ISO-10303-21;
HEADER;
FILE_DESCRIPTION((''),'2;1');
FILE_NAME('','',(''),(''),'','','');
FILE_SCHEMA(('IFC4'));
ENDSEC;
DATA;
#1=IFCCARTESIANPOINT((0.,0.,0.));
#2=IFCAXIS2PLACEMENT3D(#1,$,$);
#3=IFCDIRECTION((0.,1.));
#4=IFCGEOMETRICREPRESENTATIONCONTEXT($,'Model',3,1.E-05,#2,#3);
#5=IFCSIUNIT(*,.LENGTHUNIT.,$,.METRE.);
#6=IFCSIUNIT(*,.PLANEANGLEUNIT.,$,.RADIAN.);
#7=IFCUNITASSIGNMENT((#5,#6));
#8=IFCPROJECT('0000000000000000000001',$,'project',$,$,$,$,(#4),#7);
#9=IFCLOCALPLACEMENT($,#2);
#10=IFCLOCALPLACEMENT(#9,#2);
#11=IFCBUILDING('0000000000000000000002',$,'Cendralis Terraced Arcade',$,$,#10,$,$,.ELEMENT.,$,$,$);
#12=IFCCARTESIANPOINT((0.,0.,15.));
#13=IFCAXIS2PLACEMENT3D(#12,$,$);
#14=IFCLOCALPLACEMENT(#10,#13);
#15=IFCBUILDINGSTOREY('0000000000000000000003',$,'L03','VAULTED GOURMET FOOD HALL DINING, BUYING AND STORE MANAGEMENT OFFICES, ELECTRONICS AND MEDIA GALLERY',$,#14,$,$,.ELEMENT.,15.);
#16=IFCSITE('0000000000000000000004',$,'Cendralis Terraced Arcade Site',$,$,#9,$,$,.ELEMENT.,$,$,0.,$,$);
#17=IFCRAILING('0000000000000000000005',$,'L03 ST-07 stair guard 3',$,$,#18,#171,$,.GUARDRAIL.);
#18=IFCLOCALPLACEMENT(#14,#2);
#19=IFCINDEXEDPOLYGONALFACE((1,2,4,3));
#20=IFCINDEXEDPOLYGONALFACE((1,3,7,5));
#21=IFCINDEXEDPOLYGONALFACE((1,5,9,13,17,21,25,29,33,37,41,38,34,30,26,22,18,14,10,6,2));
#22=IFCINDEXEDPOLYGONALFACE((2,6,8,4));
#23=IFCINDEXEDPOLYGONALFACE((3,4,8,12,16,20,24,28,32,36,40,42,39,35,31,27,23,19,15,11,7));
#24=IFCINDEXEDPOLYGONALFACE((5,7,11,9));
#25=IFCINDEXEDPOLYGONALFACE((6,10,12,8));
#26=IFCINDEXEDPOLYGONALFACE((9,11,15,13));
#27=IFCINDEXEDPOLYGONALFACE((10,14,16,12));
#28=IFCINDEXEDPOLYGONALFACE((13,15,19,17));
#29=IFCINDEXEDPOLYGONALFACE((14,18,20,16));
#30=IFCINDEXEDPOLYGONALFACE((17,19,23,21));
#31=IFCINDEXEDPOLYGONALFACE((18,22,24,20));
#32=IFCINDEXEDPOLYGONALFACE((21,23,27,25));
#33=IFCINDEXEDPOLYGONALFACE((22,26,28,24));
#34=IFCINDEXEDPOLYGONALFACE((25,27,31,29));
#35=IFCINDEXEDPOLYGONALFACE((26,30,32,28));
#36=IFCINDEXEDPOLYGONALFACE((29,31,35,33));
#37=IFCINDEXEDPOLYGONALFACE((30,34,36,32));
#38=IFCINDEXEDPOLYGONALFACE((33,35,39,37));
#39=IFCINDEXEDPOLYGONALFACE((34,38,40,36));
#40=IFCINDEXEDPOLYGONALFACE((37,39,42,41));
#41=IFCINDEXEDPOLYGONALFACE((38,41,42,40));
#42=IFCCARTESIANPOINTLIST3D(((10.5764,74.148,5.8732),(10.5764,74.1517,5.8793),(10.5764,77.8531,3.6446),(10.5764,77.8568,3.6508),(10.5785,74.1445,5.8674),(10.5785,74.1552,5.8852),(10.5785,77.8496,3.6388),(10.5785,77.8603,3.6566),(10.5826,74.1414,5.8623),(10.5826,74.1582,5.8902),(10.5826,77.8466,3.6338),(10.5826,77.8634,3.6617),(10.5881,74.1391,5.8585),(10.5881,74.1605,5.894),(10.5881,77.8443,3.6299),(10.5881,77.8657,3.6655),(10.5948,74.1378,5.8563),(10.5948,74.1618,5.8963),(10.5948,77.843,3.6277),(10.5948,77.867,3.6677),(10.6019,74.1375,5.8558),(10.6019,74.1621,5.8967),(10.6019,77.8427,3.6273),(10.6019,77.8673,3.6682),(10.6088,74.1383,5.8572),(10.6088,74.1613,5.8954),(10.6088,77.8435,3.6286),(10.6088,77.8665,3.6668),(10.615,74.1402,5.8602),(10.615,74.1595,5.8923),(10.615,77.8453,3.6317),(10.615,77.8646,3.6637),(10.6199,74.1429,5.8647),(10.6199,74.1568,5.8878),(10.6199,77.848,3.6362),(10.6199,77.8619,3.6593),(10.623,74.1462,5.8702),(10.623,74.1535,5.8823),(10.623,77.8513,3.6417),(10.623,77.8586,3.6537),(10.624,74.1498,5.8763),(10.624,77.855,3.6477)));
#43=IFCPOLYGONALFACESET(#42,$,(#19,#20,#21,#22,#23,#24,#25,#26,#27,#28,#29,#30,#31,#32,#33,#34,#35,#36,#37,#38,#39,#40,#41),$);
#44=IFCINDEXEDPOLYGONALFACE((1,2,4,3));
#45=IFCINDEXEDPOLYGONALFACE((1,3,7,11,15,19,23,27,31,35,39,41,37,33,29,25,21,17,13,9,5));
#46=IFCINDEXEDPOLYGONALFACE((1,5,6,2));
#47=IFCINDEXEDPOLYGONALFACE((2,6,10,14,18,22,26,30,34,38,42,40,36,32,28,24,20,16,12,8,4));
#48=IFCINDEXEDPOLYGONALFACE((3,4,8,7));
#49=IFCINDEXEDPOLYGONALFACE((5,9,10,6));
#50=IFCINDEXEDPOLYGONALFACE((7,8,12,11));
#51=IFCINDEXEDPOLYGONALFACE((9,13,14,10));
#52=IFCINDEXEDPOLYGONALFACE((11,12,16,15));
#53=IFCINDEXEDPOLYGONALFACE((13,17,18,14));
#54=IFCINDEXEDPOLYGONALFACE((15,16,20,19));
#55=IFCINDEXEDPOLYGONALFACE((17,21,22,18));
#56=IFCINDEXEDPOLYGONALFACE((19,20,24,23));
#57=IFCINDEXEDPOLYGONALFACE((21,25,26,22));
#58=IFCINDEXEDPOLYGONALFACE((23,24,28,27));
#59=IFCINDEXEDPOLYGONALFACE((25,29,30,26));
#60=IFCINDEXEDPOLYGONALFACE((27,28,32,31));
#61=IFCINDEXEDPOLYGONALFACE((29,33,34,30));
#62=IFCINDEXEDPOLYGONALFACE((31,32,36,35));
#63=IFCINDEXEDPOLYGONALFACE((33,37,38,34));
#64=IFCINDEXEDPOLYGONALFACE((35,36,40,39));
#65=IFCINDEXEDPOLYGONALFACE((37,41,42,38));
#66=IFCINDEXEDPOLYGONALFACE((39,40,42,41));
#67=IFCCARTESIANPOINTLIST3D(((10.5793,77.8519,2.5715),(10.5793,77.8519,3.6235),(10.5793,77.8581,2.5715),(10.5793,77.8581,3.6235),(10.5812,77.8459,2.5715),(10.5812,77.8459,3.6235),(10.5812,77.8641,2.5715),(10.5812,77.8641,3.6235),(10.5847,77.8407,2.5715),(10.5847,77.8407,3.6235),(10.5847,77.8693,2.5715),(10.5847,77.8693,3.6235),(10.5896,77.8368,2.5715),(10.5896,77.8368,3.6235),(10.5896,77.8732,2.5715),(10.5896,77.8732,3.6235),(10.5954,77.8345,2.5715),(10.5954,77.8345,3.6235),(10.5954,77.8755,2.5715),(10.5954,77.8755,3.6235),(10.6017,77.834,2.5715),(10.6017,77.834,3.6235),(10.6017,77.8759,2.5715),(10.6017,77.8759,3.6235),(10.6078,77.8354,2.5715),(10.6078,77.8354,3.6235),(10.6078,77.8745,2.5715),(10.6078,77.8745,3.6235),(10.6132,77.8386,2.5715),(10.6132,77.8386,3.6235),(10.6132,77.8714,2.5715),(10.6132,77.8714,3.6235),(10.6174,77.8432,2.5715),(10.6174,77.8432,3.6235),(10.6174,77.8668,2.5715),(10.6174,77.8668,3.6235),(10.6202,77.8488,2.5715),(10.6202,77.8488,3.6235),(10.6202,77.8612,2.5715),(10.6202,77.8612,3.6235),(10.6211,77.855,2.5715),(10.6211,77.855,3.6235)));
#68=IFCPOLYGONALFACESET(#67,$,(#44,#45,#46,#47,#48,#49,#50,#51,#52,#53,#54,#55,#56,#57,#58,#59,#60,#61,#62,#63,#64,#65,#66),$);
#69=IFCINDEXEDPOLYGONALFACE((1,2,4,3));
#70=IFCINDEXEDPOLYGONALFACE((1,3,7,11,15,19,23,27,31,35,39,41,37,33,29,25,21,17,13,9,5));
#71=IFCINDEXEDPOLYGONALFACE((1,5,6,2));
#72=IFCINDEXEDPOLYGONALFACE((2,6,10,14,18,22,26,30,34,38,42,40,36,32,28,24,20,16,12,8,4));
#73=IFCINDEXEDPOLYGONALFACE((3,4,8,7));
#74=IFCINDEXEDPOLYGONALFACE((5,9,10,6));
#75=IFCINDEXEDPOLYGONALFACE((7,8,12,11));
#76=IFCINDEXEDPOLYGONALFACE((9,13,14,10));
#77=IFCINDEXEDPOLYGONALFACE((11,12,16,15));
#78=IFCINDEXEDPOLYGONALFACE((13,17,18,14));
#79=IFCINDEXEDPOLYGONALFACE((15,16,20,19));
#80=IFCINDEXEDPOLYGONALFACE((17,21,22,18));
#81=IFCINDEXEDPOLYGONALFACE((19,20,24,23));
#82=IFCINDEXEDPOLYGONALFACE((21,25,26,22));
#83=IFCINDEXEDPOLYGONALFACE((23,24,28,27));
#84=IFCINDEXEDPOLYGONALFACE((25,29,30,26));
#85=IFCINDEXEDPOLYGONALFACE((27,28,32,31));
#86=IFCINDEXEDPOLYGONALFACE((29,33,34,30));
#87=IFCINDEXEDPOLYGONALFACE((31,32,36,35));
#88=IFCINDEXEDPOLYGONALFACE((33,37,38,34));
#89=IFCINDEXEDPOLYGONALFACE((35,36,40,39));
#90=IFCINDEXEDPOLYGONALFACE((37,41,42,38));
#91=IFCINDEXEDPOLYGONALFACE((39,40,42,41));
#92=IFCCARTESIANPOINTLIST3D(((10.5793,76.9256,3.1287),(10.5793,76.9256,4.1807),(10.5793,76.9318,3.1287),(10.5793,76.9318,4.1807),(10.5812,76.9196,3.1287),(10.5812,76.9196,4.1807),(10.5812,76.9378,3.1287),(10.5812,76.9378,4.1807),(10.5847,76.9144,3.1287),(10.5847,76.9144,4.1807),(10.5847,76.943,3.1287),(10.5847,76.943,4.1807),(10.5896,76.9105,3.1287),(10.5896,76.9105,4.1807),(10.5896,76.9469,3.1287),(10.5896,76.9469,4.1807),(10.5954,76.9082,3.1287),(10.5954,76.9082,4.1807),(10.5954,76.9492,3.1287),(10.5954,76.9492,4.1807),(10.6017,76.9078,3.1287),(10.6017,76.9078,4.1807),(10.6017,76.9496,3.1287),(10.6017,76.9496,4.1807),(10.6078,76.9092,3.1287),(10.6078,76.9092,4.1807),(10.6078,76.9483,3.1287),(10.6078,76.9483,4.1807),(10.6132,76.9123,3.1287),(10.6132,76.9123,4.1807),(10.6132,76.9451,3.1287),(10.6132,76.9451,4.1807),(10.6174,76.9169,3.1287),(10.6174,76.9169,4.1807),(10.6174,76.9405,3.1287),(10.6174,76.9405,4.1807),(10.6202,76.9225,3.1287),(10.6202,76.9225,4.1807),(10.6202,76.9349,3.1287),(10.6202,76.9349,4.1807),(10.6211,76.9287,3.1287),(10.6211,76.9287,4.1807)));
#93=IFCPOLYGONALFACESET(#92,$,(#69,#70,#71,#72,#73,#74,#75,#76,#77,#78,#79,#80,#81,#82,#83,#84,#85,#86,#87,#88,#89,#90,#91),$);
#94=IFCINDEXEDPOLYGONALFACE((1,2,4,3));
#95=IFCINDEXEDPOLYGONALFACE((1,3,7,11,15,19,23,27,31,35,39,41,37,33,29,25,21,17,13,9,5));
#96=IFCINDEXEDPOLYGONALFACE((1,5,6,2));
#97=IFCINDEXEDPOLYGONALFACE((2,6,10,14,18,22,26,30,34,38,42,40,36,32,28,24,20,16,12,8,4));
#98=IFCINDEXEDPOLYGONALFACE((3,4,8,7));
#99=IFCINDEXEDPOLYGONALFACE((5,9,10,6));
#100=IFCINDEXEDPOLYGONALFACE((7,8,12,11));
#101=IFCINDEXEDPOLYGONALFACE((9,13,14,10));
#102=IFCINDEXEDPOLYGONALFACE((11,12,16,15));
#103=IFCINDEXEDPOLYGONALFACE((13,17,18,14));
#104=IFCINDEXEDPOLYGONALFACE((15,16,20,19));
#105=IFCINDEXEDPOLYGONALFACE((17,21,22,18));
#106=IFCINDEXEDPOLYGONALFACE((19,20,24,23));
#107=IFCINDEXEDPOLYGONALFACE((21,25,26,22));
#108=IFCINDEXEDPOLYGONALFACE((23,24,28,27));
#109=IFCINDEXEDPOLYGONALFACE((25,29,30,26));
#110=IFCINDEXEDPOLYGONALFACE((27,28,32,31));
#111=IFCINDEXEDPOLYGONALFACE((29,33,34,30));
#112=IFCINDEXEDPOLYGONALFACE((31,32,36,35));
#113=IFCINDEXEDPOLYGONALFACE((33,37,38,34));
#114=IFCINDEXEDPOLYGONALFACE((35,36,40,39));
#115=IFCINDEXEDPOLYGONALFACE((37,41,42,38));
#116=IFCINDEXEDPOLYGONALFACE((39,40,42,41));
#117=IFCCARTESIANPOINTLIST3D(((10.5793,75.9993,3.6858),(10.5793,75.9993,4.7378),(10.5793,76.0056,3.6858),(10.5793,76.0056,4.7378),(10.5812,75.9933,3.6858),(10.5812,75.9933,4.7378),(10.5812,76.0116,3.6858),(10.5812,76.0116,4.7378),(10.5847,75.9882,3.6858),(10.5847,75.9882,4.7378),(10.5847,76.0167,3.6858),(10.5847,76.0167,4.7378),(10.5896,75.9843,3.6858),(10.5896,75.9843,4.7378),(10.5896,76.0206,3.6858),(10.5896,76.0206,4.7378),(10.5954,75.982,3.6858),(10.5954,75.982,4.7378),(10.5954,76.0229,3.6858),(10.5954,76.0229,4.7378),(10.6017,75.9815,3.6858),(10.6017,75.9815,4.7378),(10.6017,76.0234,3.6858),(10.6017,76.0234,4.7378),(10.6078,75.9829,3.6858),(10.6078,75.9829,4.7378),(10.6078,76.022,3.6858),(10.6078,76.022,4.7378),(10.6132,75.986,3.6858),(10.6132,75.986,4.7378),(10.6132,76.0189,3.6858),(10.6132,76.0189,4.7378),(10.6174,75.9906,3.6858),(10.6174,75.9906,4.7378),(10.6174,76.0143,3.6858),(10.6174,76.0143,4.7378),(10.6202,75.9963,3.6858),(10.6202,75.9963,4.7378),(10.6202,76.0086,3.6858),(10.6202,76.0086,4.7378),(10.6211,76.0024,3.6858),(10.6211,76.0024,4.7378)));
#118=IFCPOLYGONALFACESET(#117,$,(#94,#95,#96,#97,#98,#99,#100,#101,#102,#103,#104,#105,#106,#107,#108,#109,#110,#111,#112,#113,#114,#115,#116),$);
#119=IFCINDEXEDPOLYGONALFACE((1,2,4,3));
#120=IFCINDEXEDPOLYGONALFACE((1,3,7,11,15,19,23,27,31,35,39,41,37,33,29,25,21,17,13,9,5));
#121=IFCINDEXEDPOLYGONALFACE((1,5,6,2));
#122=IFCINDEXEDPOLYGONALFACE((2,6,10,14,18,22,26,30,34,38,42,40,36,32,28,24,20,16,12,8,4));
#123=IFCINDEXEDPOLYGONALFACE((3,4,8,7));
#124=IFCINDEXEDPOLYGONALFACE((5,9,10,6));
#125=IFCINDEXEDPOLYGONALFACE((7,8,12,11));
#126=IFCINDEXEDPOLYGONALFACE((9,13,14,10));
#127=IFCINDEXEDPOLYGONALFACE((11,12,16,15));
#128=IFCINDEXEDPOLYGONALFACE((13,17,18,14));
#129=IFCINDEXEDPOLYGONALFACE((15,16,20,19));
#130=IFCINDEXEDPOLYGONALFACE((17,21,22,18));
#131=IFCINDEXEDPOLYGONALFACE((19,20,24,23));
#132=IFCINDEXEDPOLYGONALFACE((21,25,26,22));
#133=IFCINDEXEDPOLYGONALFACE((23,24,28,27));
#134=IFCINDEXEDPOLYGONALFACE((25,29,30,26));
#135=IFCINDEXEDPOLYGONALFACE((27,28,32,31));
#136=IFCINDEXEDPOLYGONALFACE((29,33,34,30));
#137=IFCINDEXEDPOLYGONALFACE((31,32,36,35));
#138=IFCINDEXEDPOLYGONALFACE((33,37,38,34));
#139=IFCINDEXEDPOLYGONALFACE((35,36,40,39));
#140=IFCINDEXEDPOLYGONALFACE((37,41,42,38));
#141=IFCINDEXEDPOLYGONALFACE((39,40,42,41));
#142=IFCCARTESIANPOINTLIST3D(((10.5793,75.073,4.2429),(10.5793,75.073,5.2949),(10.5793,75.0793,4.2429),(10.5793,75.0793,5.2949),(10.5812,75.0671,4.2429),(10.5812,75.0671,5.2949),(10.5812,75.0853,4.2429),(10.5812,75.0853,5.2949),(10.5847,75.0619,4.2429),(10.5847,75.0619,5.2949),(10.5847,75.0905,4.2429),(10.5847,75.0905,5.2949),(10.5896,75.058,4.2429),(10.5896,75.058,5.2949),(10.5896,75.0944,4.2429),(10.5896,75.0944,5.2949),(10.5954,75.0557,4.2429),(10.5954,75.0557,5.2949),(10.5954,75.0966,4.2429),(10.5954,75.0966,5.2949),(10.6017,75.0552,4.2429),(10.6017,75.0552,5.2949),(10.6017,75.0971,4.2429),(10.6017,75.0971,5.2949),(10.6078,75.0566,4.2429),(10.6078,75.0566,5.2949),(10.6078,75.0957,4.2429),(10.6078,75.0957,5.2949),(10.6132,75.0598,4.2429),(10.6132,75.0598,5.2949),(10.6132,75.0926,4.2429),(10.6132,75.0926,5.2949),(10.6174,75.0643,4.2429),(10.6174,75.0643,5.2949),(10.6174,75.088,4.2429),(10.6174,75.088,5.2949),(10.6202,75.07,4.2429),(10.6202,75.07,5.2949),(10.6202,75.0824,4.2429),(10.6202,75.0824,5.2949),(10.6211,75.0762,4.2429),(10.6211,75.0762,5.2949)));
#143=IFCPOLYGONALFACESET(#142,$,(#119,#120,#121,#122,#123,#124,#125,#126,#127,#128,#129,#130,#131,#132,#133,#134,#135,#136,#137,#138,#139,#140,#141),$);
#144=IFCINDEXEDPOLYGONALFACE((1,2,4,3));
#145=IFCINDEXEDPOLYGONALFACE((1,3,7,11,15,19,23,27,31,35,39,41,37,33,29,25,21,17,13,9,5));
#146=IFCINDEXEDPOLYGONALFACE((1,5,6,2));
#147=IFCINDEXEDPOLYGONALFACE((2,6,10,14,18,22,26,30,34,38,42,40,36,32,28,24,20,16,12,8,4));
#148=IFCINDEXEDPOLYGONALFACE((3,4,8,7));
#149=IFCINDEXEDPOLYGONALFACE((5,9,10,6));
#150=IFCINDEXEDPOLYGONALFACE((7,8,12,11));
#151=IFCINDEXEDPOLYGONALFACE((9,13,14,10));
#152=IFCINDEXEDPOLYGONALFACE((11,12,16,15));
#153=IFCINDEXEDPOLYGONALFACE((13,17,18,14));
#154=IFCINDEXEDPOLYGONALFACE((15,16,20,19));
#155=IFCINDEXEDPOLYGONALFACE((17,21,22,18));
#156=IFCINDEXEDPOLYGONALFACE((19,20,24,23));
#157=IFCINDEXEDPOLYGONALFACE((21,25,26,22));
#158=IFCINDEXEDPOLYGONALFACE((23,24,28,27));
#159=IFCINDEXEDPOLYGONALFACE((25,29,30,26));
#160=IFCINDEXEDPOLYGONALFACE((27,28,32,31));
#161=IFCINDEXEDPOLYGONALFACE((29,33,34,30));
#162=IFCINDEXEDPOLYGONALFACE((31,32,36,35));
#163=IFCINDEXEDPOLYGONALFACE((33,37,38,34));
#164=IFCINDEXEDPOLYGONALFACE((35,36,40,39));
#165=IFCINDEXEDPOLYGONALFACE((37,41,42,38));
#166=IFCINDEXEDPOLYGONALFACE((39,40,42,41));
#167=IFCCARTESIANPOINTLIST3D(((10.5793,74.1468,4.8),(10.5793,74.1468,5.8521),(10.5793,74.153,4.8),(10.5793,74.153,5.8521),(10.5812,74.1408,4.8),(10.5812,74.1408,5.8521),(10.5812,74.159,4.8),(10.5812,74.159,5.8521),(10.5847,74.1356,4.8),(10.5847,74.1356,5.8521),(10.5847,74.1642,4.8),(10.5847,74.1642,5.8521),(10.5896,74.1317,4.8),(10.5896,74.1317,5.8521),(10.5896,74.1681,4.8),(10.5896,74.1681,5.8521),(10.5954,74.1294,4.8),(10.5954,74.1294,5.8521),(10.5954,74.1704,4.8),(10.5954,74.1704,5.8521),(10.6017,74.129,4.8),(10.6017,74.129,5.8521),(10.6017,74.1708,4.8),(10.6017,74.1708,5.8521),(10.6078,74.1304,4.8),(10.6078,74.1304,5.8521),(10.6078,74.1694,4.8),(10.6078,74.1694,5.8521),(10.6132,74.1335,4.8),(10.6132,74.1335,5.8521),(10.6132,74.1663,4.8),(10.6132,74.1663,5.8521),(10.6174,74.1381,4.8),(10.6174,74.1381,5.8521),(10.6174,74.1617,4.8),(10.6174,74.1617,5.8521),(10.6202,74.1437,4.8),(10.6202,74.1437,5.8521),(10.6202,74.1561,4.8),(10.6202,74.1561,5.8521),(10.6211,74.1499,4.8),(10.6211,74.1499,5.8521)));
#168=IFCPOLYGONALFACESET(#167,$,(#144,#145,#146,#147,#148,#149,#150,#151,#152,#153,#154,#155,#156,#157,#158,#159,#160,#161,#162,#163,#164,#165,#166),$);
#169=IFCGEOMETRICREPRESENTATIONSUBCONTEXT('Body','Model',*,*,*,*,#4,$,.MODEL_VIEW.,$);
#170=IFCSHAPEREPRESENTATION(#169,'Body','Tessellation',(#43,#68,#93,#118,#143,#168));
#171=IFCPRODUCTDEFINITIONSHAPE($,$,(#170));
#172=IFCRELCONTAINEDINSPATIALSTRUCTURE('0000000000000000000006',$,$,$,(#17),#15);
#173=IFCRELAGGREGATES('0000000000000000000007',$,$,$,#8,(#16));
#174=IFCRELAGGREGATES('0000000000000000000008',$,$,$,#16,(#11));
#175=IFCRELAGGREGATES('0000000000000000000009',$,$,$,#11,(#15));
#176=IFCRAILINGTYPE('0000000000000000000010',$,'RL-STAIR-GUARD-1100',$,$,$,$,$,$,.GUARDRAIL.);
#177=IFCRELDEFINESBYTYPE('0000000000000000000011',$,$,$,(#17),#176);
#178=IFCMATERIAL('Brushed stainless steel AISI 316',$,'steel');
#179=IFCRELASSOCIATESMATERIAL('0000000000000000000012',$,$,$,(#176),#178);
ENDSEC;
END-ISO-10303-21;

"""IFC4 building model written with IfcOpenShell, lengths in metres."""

from ifc_helpers import new_model, si_unit, direction, frame, origin, origin_2d, place, context, subcontext, project, spatial, circle, extrude, material, type_object, element, save


model = new_model("IFC4")

# Units and contexts
model_context = context("Model", 3, precision=1e-05, world=origin(), true_north=direction((0.0, 1.0)))
body_context = subcontext(model_context, "Body", "Model", "MODEL_VIEW")
ifc_project = project(units=[si_unit("LENGTHUNIT", "METRE"), si_unit("PLANEANGLEUNIT", "RADIAN")], contexts=[model_context])

# Site, building, storey
site_placement = place(None, origin())
site = spatial("IfcSite", under=ifc_project, at=site_placement, Name="Cendralis Terraced Arcade Site", CompositionType="ELEMENT", RefElevation=0.0)
building_placement = place(site_placement, origin())
building = spatial("IfcBuilding", under=site, at=building_placement, Name="Cendralis Terraced Arcade", CompositionType="ELEMENT")
storey_placement = place(building_placement, frame((0.0, 0.0, 15.0)))
storey = spatial("IfcBuildingStorey", under=building, at=storey_placement, Name="L03", Description="VAULTED GOURMET FOOD HALL DINING, BUYING AND STORE MANAGEMENT OFFICES, ELECTRONICS AND MEDIA GALLERY", CompositionType="ELEMENT", Elevation=15.0)

# Railing
ifc_material_1 = material(Name="Brushed stainless steel AISI 316", Category="steel")
railing_type_1 = type_object("IfcRailingType", Name="RL-STAIR-GUARD-1100", PredefinedType="GUARDRAIL", material=ifc_material_1)
railing_1_placement = place(storey_placement, frame((10.6001, 77.855, 2.5715)))
element("IfcRailing", 1, at=railing_1_placement, inside=storey, type_object=railing_type_1, Name="L03 ST-07 stair guard 3", PredefinedType="GUARDRAIL", context=body_context, shape_type="SweptSolid", body=[
    extrude(circle(Radius=0.0239, at=origin_2d()), frame((0.0, 0.0, 1.0762), z_axis=(0.0, -0.856934, 0.515425), x_axis=(1.0, 0.0, 0.0)), (0.0, 0.0, 1.0), 4.3237),
    extrude(circle(Radius=0.021, at=origin_2d()), origin(), (0.0, 0.0, 1.0), 1.052),
    extrude(circle(Radius=0.021, at=origin_2d()), frame((0.0, -0.9263, 0.5571)), (0.0, 0.0, 1.0), 1.052),
    extrude(circle(Radius=0.021, at=origin_2d()), frame((0.0, -1.8525, 1.1143)), (0.0, 0.0, 1.0), 1.052),
    extrude(circle(Radius=0.021, at=origin_2d()), frame((0.0, -2.7788, 1.6714)), (0.0, 0.0, 1.0), 1.052),
    extrude(circle(Radius=0.021, at=origin_2d()), frame((0.0, -3.7051, 2.2285)), (0.0, 0.0, 1.0), 1.052),
])

save(model, "model.ifc")
